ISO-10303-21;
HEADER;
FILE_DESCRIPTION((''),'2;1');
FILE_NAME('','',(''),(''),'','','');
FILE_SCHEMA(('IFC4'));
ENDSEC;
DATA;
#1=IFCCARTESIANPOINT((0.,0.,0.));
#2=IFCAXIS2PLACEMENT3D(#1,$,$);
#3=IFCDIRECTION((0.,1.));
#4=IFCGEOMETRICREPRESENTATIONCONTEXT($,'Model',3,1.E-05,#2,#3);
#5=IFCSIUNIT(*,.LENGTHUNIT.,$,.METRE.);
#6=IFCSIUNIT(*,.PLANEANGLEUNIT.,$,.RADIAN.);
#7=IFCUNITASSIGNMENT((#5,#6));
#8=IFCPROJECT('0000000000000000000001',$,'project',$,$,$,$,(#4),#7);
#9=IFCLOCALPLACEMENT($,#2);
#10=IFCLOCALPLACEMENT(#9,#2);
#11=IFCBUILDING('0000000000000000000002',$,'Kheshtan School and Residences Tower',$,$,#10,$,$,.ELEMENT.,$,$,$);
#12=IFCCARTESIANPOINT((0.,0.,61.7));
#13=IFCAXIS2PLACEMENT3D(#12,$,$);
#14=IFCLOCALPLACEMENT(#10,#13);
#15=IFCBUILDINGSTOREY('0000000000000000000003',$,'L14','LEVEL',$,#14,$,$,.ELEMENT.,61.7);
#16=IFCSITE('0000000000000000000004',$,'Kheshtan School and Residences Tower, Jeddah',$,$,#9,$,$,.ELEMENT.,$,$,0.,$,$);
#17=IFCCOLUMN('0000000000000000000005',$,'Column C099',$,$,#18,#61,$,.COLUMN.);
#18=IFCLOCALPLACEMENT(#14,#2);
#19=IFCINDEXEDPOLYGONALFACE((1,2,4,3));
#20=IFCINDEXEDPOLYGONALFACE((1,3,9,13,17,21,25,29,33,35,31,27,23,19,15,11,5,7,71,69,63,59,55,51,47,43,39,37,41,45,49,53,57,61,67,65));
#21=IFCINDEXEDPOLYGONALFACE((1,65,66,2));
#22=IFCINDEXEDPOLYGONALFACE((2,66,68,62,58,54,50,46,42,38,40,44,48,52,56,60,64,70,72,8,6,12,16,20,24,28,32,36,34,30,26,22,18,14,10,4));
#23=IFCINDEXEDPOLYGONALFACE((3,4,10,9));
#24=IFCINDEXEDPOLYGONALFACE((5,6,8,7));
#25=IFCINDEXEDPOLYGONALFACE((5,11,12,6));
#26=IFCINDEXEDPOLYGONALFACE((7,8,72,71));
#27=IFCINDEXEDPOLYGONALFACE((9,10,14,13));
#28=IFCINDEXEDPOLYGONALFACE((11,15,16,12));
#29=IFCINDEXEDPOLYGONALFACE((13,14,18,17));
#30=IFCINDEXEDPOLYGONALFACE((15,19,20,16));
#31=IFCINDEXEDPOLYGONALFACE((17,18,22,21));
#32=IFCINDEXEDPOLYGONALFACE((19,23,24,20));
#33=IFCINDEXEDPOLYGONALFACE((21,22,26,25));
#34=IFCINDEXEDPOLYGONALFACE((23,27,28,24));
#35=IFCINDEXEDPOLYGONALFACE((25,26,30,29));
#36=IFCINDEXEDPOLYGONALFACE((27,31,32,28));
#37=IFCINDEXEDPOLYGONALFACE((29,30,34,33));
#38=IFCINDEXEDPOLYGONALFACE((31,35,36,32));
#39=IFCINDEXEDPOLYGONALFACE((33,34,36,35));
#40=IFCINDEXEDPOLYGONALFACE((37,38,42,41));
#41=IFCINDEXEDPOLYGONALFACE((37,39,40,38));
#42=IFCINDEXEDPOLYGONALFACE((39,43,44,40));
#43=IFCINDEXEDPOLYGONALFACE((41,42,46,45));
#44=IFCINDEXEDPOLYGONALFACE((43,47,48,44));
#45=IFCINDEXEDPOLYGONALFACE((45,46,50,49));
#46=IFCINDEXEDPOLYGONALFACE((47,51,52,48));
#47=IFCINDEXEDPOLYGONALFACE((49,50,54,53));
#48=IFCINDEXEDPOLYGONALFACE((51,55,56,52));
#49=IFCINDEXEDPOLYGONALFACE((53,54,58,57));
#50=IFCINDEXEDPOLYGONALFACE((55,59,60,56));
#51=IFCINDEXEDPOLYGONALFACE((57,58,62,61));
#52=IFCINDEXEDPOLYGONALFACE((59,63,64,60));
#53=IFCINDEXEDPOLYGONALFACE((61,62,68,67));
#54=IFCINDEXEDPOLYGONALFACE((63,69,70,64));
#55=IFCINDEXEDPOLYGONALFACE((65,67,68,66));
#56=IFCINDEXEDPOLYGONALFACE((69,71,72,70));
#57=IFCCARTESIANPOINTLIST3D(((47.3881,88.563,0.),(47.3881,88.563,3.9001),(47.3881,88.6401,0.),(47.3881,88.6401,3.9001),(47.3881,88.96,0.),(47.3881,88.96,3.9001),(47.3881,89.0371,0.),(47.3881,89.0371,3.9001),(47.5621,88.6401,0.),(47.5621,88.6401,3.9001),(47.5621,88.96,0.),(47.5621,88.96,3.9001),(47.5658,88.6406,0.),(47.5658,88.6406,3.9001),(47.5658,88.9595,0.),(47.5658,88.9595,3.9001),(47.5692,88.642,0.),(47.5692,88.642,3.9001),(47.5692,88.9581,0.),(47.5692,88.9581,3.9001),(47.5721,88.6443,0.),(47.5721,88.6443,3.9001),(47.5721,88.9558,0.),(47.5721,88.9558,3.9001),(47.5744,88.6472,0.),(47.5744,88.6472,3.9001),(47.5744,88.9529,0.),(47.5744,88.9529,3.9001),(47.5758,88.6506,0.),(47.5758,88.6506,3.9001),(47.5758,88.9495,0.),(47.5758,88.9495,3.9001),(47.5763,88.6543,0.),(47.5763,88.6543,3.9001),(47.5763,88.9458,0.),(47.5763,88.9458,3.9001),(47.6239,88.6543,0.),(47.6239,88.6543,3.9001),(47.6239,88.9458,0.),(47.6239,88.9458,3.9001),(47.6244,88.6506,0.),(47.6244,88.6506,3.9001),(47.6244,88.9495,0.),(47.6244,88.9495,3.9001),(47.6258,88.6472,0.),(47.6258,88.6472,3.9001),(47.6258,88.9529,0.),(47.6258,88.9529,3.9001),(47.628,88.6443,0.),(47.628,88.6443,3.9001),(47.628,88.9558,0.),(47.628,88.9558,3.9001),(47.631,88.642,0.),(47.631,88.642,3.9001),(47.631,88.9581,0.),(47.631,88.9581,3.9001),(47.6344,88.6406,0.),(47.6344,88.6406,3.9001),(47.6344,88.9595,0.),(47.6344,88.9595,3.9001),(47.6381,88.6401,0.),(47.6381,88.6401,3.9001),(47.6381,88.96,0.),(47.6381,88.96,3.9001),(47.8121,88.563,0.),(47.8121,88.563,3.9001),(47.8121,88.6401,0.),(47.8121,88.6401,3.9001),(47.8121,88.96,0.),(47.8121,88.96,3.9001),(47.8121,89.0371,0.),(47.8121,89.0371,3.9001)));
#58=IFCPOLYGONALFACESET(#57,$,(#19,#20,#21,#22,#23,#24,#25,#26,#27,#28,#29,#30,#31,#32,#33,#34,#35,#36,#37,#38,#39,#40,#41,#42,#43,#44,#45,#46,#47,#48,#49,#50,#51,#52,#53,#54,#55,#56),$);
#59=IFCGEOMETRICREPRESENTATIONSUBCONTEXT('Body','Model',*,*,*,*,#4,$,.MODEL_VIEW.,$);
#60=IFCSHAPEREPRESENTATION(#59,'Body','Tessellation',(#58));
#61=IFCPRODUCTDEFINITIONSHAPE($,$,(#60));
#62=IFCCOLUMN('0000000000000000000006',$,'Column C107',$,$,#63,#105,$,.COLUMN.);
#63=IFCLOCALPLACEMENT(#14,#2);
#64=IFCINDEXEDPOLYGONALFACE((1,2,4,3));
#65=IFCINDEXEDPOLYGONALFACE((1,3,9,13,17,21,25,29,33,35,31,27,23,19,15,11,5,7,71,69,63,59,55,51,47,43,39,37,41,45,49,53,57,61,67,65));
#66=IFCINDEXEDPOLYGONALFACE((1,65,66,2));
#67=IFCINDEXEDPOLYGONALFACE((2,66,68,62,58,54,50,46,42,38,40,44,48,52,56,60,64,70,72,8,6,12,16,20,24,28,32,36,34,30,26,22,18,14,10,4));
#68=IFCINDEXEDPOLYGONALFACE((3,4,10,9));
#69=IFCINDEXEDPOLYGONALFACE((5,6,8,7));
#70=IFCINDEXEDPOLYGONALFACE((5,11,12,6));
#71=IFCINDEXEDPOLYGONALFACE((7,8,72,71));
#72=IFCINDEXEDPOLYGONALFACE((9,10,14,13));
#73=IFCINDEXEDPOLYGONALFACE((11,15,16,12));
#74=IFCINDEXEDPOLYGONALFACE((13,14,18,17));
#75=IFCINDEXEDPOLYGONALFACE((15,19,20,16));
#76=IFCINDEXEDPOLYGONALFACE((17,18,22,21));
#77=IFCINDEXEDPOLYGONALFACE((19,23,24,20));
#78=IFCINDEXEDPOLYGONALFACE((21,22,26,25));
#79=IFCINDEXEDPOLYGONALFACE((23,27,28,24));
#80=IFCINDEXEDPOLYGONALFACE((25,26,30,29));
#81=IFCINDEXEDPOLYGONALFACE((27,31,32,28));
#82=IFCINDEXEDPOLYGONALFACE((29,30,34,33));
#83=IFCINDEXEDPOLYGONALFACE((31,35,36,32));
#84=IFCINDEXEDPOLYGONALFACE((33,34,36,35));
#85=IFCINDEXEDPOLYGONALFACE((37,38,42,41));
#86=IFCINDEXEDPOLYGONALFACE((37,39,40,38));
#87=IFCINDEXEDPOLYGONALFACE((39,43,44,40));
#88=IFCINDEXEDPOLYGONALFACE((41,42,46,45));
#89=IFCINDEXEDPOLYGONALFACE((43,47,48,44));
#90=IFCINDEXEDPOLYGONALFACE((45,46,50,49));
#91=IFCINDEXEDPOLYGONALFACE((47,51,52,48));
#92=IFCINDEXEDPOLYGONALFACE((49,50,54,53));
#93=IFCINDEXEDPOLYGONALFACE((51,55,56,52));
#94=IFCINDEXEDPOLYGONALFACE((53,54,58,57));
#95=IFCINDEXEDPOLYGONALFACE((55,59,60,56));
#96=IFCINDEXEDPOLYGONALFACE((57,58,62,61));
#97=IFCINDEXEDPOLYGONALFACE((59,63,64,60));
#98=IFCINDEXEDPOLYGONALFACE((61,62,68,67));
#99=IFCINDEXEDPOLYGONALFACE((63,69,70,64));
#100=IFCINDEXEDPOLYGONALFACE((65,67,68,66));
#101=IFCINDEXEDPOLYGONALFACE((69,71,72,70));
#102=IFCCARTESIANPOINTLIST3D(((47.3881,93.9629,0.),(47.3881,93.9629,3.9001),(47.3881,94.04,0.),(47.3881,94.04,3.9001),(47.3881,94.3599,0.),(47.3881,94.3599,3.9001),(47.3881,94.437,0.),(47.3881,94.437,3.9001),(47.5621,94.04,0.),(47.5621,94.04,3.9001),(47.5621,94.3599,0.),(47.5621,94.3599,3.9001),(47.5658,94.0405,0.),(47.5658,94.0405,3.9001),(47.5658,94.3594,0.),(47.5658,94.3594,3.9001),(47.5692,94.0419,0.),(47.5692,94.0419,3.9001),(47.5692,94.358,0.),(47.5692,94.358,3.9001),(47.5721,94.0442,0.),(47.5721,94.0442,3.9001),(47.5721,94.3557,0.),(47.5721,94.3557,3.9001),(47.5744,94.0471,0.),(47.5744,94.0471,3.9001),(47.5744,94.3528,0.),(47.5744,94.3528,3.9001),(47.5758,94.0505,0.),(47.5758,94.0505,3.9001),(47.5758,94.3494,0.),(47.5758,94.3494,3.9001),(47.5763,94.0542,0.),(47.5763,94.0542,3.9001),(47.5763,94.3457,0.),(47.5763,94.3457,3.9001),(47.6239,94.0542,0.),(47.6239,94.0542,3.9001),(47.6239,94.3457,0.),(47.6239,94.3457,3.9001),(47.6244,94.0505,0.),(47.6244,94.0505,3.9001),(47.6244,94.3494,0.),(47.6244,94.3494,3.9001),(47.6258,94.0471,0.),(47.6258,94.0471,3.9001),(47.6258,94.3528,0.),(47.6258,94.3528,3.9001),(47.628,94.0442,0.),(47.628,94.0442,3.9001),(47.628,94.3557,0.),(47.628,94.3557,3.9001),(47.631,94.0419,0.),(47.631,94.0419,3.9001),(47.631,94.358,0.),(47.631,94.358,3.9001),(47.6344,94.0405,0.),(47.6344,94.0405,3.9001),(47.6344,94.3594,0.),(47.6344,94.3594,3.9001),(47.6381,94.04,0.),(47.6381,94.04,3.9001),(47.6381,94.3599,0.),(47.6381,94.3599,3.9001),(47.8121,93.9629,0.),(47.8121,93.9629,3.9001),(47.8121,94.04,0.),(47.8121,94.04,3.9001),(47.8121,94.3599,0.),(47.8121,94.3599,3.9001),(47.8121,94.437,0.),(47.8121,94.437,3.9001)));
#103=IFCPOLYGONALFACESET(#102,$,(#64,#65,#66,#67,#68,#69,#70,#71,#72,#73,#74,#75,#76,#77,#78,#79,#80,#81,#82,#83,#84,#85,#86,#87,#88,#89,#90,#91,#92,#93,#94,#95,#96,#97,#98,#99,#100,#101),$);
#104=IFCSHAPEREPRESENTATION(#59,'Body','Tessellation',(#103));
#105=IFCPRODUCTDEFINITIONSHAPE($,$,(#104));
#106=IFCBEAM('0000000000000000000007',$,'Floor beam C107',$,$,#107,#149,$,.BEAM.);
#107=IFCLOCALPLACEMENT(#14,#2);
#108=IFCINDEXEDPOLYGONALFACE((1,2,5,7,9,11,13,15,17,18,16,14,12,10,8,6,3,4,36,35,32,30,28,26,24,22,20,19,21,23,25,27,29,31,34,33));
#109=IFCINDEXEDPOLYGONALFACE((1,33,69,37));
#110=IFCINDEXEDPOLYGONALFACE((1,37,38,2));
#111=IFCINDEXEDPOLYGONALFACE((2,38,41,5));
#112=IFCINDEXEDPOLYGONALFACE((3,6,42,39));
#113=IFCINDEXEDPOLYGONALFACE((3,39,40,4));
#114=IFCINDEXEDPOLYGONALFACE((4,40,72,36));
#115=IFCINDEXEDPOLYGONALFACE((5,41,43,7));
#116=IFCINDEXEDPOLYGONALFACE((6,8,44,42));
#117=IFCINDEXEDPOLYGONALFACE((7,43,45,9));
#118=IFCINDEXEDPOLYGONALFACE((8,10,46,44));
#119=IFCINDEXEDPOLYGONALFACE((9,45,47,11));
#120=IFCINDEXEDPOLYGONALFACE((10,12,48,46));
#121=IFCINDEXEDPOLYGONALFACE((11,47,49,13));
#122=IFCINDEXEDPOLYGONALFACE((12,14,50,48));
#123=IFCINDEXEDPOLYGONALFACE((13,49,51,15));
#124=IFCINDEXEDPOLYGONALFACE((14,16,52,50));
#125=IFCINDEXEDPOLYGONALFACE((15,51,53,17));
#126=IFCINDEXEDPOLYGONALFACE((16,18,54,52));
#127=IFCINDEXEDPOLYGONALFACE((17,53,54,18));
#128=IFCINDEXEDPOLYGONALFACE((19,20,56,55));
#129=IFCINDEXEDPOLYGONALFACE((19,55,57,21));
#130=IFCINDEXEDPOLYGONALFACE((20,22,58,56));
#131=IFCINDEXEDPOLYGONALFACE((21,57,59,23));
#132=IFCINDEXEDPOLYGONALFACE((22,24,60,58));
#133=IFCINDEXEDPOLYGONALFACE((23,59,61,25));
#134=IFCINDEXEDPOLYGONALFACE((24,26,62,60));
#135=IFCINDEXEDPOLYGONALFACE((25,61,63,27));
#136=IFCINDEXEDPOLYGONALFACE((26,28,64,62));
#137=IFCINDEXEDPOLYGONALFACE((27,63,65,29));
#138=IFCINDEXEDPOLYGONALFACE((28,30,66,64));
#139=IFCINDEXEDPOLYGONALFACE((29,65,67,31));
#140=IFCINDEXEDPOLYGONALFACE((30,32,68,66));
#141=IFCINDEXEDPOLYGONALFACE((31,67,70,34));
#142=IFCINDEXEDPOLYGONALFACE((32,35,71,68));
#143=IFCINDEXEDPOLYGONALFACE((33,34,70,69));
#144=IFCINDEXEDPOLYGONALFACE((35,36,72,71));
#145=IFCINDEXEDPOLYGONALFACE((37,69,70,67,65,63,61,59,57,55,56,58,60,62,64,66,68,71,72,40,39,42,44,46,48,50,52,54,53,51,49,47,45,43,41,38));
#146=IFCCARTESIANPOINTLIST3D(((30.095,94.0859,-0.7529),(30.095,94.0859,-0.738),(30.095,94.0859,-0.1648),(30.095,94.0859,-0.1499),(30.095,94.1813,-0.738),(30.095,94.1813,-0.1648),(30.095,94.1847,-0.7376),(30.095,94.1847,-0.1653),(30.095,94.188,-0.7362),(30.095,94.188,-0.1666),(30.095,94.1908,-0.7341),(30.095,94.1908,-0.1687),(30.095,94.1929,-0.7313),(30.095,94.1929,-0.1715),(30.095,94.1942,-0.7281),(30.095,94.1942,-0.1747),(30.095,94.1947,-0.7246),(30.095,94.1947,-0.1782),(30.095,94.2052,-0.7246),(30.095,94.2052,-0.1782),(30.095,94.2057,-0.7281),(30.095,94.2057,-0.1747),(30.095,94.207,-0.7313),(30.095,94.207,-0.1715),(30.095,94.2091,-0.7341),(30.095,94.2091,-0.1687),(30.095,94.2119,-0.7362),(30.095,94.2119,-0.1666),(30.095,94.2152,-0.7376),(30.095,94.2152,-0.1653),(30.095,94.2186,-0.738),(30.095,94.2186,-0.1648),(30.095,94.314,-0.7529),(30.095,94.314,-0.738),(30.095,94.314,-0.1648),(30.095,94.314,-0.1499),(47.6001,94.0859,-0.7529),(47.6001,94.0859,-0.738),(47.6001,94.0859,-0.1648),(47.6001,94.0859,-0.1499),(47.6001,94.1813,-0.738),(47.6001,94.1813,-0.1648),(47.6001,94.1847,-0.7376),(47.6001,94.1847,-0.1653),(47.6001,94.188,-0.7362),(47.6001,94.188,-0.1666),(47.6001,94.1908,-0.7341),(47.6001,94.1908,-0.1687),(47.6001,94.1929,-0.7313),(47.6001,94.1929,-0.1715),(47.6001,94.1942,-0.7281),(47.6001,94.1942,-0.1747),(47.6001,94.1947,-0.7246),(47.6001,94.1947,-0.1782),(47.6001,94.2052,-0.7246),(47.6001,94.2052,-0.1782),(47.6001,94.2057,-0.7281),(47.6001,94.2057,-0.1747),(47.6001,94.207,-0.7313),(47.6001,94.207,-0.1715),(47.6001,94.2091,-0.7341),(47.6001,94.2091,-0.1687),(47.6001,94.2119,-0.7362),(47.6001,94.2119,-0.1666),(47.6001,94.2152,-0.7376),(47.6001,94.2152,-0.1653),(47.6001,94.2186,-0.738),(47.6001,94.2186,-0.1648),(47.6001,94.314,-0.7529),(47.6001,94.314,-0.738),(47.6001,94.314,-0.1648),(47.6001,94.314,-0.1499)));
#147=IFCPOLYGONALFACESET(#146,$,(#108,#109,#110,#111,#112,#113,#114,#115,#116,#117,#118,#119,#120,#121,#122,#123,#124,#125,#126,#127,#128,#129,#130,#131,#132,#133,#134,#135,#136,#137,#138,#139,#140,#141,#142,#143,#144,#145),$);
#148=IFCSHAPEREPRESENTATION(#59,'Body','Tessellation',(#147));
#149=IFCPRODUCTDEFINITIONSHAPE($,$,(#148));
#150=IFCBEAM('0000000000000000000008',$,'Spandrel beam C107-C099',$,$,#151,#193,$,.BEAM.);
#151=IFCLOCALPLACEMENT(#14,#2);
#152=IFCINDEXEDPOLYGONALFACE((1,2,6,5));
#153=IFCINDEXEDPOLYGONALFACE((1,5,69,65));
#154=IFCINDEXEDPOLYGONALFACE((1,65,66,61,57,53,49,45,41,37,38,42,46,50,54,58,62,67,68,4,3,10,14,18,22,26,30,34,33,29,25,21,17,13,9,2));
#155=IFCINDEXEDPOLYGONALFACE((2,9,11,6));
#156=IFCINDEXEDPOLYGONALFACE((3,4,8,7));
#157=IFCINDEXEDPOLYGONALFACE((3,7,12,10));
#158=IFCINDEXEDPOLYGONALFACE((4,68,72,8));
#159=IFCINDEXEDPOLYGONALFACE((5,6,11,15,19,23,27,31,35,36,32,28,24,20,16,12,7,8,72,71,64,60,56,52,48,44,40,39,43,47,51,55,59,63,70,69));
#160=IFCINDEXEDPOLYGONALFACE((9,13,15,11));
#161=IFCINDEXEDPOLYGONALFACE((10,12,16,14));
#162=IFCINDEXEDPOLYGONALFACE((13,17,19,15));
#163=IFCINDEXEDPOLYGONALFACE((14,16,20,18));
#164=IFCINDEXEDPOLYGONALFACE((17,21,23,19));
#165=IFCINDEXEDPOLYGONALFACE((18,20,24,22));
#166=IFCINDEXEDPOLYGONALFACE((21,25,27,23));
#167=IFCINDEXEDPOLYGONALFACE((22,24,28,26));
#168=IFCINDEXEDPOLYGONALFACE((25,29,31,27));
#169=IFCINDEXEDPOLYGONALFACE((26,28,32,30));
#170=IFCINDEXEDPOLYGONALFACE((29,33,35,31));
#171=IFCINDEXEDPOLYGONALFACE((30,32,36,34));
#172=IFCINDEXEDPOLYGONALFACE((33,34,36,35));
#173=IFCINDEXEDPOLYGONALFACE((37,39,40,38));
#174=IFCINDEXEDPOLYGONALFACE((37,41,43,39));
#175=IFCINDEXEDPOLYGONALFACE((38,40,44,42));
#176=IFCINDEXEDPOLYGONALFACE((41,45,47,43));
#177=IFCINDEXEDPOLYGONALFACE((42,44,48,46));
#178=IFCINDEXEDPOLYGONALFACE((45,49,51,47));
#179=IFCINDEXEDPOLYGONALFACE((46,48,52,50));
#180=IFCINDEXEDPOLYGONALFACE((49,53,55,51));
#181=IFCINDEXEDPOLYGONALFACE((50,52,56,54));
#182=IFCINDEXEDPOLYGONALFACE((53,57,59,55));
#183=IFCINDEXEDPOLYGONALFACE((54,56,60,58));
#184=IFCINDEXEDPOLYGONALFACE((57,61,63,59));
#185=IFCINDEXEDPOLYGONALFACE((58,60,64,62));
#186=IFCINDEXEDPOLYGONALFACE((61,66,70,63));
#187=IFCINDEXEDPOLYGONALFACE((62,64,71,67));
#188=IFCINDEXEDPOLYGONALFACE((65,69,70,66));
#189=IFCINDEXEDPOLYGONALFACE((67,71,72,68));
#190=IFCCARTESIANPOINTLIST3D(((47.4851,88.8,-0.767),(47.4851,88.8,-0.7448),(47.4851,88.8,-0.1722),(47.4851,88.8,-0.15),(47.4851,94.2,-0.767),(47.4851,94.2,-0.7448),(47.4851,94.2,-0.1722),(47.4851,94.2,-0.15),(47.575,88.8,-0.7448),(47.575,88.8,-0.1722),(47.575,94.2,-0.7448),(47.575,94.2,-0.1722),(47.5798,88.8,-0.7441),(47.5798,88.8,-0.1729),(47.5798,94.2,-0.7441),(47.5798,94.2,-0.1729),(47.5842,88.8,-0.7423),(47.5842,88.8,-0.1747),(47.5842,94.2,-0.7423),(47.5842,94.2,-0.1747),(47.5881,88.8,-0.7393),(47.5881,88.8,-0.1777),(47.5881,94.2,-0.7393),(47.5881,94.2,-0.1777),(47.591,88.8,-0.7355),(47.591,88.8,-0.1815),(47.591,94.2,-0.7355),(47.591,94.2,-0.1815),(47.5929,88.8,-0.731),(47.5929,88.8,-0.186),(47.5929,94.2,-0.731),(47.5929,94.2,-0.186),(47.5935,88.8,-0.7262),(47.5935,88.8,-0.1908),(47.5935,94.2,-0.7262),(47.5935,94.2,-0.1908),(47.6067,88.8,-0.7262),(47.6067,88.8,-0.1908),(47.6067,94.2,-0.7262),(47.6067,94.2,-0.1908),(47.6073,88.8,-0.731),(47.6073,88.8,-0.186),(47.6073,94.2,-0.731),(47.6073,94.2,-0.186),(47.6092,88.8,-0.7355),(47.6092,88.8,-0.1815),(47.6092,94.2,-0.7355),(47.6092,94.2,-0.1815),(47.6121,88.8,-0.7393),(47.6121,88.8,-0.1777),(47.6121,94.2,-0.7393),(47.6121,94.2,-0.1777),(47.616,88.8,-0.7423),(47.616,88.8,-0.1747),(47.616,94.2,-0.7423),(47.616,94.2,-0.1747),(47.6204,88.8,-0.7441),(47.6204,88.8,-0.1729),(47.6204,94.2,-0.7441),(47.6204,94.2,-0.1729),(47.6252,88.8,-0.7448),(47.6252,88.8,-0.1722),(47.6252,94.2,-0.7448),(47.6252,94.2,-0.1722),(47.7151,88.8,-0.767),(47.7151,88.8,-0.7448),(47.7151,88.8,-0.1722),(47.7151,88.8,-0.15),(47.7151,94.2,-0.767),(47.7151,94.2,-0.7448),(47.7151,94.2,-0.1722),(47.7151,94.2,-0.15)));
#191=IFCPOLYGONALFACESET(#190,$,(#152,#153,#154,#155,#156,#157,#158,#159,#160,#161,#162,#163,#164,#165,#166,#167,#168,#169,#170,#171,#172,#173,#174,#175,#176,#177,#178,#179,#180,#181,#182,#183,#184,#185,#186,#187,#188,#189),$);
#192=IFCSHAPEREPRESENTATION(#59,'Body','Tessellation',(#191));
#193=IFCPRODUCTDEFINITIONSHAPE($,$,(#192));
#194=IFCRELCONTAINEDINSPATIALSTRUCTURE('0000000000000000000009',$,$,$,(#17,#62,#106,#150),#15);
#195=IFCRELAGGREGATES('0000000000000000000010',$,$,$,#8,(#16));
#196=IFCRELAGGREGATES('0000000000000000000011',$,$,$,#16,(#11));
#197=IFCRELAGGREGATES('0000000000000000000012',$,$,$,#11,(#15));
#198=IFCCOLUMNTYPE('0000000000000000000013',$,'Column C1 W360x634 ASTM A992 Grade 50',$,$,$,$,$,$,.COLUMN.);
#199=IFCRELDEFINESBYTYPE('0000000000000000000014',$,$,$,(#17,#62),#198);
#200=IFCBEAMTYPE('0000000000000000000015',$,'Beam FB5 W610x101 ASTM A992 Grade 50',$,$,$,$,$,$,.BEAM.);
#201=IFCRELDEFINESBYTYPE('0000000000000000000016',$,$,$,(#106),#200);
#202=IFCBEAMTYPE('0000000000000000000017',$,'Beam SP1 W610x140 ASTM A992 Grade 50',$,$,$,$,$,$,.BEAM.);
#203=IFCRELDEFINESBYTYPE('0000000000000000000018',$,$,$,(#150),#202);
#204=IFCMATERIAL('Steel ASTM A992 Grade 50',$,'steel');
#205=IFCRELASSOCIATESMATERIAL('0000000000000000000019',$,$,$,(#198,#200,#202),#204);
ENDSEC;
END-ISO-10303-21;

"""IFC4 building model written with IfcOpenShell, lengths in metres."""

from ifc_helpers import new_model, si_unit, direction, frame, origin, origin_2d, place, context, subcontext, project, spatial, i_section, extrude, material, material_profile, profile_set, type_object, element, save


model = new_model("IFC4")

# Units and contexts
model_context = context("Model", 3, precision=1e-05, world=origin(), true_north=direction((0.0, 1.0)))
body_context = subcontext(model_context, "Body", "Model", "MODEL_VIEW")
ifc_project = project(units=[si_unit("LENGTHUNIT", "METRE"), si_unit("PLANEANGLEUNIT", "RADIAN")], contexts=[model_context])

# Site, building, storey
site_placement = place(None, origin())
site = spatial("IfcSite", under=ifc_project, at=site_placement, Name="Kheshtan School and Residences Tower, Jeddah", CompositionType="ELEMENT", RefElevation=0.0)
building_placement = place(site_placement, origin())
building = spatial("IfcBuilding", under=site, at=building_placement, Name="Kheshtan School and Residences Tower", CompositionType="ELEMENT")
storey_placement = place(building_placement, frame((0.0, 0.0, 61.7)))
storey = spatial("IfcBuildingStorey", under=building, at=storey_placement, Name="L14", Description="LEVEL", CompositionType="ELEMENT", Elevation=61.7)

# Columns
ifc_material_1 = material(Name="Steel ASTM A992 Grade 50", Category="steel")
ifc_material_profile_1 = material_profile(ifc_material_1, i_section(OverallWidth=0.4241, OverallDepth=0.4741, WebThickness=0.0476, FlangeThickness=0.0771, FilletRadius=0.0142, at=origin_2d()), Name="W360x634")
ifc_profile_set_1 = profile_set([ifc_material_profile_1], Name="Steel ASTM A992 Grade 50")
column_type = type_object("IfcColumnType", Name="Column C1 W360x634 ASTM A992 Grade 50", PredefinedType="COLUMN", material=ifc_profile_set_1)
for number, where, z_axis, x_axis, name in (
    (1, (47.6001, 88.8, 0.0), (0.0, 0.0, 1.0), (1.0, 0.0, 0.0), "Column C099"),
    (2, (47.6001, 94.2, 0.0), (0.0, 0.0, 1.0), (1.0, 0.0, 0.0), "Column C107"),
):
    element("IfcColumn", number, at=place(storey_placement, frame(where, z_axis=z_axis, x_axis=x_axis)), inside=storey, type_object=column_type, Name=name, PredefinedType="COLUMN", context=body_context, shape_type="SweptSolid", body=[
        extrude(i_section(OverallWidth=0.4241, OverallDepth=0.4741, WebThickness=0.0476, FlangeThickness=0.0771, FilletRadius=0.0142, at=origin_2d()), origin(), (0.0, 0.0, 1.0), 3.9001),
    ])

# Beams
ifc_material_profile_2 = material_profile(ifc_material_1, i_section(OverallWidth=0.228, OverallDepth=0.603, WebThickness=0.0105, FlangeThickness=0.0149, FilletRadius=0.0134, at=origin_2d()), Name="W610x101")
ifc_profile_set_2 = profile_set([ifc_material_profile_2], Name="Steel ASTM A992 Grade 50")
beam_type_1 = type_object("IfcBeamType", Name="Beam FB5 W610x101 ASTM A992 Grade 50", PredefinedType="BEAM", material=ifc_profile_set_2)
beam_1_placement = place(storey_placement, frame((47.6001, 94.2, -0.4514), z_axis=(-1.0, 0.0, 0.0), x_axis=(0.0, -1.0, 0.0)))
element("IfcBeam", 3, at=beam_1_placement, inside=storey, type_object=beam_type_1, Name="Floor beam C107", PredefinedType="BEAM", context=body_context, shape_type="SweptSolid", body=[
    extrude(i_section(OverallWidth=0.228, OverallDepth=0.603, WebThickness=0.0105, FlangeThickness=0.0149, FilletRadius=0.0134, at=origin_2d()), origin(), (0.0, 0.0, 1.0), 17.5051),
])
ifc_material_profile_3 = material_profile(ifc_material_1, i_section(OverallWidth=0.23, OverallDepth=0.6169, WebThickness=0.0132, FlangeThickness=0.0222, FilletRadius=0.0186, at=origin_2d()), Name="W610x140")
ifc_profile_set_3 = profile_set([ifc_material_profile_3], Name="Steel ASTM A992 Grade 50")
beam_type_2 = type_object("IfcBeamType", Name="Beam SP1 W610x140 ASTM A992 Grade 50", PredefinedType="BEAM", material=ifc_profile_set_3)
beam_2_placement = place(storey_placement, frame((47.6001, 94.2, -0.4585), z_axis=(0.0, -1.0, 0.0), x_axis=(1.0, 0.0, 0.0)))
element("IfcBeam", 4, at=beam_2_placement, inside=storey, type_object=beam_type_2, Name="Spandrel beam C107-C099", PredefinedType="BEAM", context=body_context, shape_type="SweptSolid", body=[
    extrude(i_section(OverallWidth=0.23, OverallDepth=0.6169, WebThickness=0.0132, FlangeThickness=0.0222, FilletRadius=0.0186, at=origin_2d()), origin(), (0.0, 0.0, 1.0), 5.3999),
])

save(model, "model.ifc")
